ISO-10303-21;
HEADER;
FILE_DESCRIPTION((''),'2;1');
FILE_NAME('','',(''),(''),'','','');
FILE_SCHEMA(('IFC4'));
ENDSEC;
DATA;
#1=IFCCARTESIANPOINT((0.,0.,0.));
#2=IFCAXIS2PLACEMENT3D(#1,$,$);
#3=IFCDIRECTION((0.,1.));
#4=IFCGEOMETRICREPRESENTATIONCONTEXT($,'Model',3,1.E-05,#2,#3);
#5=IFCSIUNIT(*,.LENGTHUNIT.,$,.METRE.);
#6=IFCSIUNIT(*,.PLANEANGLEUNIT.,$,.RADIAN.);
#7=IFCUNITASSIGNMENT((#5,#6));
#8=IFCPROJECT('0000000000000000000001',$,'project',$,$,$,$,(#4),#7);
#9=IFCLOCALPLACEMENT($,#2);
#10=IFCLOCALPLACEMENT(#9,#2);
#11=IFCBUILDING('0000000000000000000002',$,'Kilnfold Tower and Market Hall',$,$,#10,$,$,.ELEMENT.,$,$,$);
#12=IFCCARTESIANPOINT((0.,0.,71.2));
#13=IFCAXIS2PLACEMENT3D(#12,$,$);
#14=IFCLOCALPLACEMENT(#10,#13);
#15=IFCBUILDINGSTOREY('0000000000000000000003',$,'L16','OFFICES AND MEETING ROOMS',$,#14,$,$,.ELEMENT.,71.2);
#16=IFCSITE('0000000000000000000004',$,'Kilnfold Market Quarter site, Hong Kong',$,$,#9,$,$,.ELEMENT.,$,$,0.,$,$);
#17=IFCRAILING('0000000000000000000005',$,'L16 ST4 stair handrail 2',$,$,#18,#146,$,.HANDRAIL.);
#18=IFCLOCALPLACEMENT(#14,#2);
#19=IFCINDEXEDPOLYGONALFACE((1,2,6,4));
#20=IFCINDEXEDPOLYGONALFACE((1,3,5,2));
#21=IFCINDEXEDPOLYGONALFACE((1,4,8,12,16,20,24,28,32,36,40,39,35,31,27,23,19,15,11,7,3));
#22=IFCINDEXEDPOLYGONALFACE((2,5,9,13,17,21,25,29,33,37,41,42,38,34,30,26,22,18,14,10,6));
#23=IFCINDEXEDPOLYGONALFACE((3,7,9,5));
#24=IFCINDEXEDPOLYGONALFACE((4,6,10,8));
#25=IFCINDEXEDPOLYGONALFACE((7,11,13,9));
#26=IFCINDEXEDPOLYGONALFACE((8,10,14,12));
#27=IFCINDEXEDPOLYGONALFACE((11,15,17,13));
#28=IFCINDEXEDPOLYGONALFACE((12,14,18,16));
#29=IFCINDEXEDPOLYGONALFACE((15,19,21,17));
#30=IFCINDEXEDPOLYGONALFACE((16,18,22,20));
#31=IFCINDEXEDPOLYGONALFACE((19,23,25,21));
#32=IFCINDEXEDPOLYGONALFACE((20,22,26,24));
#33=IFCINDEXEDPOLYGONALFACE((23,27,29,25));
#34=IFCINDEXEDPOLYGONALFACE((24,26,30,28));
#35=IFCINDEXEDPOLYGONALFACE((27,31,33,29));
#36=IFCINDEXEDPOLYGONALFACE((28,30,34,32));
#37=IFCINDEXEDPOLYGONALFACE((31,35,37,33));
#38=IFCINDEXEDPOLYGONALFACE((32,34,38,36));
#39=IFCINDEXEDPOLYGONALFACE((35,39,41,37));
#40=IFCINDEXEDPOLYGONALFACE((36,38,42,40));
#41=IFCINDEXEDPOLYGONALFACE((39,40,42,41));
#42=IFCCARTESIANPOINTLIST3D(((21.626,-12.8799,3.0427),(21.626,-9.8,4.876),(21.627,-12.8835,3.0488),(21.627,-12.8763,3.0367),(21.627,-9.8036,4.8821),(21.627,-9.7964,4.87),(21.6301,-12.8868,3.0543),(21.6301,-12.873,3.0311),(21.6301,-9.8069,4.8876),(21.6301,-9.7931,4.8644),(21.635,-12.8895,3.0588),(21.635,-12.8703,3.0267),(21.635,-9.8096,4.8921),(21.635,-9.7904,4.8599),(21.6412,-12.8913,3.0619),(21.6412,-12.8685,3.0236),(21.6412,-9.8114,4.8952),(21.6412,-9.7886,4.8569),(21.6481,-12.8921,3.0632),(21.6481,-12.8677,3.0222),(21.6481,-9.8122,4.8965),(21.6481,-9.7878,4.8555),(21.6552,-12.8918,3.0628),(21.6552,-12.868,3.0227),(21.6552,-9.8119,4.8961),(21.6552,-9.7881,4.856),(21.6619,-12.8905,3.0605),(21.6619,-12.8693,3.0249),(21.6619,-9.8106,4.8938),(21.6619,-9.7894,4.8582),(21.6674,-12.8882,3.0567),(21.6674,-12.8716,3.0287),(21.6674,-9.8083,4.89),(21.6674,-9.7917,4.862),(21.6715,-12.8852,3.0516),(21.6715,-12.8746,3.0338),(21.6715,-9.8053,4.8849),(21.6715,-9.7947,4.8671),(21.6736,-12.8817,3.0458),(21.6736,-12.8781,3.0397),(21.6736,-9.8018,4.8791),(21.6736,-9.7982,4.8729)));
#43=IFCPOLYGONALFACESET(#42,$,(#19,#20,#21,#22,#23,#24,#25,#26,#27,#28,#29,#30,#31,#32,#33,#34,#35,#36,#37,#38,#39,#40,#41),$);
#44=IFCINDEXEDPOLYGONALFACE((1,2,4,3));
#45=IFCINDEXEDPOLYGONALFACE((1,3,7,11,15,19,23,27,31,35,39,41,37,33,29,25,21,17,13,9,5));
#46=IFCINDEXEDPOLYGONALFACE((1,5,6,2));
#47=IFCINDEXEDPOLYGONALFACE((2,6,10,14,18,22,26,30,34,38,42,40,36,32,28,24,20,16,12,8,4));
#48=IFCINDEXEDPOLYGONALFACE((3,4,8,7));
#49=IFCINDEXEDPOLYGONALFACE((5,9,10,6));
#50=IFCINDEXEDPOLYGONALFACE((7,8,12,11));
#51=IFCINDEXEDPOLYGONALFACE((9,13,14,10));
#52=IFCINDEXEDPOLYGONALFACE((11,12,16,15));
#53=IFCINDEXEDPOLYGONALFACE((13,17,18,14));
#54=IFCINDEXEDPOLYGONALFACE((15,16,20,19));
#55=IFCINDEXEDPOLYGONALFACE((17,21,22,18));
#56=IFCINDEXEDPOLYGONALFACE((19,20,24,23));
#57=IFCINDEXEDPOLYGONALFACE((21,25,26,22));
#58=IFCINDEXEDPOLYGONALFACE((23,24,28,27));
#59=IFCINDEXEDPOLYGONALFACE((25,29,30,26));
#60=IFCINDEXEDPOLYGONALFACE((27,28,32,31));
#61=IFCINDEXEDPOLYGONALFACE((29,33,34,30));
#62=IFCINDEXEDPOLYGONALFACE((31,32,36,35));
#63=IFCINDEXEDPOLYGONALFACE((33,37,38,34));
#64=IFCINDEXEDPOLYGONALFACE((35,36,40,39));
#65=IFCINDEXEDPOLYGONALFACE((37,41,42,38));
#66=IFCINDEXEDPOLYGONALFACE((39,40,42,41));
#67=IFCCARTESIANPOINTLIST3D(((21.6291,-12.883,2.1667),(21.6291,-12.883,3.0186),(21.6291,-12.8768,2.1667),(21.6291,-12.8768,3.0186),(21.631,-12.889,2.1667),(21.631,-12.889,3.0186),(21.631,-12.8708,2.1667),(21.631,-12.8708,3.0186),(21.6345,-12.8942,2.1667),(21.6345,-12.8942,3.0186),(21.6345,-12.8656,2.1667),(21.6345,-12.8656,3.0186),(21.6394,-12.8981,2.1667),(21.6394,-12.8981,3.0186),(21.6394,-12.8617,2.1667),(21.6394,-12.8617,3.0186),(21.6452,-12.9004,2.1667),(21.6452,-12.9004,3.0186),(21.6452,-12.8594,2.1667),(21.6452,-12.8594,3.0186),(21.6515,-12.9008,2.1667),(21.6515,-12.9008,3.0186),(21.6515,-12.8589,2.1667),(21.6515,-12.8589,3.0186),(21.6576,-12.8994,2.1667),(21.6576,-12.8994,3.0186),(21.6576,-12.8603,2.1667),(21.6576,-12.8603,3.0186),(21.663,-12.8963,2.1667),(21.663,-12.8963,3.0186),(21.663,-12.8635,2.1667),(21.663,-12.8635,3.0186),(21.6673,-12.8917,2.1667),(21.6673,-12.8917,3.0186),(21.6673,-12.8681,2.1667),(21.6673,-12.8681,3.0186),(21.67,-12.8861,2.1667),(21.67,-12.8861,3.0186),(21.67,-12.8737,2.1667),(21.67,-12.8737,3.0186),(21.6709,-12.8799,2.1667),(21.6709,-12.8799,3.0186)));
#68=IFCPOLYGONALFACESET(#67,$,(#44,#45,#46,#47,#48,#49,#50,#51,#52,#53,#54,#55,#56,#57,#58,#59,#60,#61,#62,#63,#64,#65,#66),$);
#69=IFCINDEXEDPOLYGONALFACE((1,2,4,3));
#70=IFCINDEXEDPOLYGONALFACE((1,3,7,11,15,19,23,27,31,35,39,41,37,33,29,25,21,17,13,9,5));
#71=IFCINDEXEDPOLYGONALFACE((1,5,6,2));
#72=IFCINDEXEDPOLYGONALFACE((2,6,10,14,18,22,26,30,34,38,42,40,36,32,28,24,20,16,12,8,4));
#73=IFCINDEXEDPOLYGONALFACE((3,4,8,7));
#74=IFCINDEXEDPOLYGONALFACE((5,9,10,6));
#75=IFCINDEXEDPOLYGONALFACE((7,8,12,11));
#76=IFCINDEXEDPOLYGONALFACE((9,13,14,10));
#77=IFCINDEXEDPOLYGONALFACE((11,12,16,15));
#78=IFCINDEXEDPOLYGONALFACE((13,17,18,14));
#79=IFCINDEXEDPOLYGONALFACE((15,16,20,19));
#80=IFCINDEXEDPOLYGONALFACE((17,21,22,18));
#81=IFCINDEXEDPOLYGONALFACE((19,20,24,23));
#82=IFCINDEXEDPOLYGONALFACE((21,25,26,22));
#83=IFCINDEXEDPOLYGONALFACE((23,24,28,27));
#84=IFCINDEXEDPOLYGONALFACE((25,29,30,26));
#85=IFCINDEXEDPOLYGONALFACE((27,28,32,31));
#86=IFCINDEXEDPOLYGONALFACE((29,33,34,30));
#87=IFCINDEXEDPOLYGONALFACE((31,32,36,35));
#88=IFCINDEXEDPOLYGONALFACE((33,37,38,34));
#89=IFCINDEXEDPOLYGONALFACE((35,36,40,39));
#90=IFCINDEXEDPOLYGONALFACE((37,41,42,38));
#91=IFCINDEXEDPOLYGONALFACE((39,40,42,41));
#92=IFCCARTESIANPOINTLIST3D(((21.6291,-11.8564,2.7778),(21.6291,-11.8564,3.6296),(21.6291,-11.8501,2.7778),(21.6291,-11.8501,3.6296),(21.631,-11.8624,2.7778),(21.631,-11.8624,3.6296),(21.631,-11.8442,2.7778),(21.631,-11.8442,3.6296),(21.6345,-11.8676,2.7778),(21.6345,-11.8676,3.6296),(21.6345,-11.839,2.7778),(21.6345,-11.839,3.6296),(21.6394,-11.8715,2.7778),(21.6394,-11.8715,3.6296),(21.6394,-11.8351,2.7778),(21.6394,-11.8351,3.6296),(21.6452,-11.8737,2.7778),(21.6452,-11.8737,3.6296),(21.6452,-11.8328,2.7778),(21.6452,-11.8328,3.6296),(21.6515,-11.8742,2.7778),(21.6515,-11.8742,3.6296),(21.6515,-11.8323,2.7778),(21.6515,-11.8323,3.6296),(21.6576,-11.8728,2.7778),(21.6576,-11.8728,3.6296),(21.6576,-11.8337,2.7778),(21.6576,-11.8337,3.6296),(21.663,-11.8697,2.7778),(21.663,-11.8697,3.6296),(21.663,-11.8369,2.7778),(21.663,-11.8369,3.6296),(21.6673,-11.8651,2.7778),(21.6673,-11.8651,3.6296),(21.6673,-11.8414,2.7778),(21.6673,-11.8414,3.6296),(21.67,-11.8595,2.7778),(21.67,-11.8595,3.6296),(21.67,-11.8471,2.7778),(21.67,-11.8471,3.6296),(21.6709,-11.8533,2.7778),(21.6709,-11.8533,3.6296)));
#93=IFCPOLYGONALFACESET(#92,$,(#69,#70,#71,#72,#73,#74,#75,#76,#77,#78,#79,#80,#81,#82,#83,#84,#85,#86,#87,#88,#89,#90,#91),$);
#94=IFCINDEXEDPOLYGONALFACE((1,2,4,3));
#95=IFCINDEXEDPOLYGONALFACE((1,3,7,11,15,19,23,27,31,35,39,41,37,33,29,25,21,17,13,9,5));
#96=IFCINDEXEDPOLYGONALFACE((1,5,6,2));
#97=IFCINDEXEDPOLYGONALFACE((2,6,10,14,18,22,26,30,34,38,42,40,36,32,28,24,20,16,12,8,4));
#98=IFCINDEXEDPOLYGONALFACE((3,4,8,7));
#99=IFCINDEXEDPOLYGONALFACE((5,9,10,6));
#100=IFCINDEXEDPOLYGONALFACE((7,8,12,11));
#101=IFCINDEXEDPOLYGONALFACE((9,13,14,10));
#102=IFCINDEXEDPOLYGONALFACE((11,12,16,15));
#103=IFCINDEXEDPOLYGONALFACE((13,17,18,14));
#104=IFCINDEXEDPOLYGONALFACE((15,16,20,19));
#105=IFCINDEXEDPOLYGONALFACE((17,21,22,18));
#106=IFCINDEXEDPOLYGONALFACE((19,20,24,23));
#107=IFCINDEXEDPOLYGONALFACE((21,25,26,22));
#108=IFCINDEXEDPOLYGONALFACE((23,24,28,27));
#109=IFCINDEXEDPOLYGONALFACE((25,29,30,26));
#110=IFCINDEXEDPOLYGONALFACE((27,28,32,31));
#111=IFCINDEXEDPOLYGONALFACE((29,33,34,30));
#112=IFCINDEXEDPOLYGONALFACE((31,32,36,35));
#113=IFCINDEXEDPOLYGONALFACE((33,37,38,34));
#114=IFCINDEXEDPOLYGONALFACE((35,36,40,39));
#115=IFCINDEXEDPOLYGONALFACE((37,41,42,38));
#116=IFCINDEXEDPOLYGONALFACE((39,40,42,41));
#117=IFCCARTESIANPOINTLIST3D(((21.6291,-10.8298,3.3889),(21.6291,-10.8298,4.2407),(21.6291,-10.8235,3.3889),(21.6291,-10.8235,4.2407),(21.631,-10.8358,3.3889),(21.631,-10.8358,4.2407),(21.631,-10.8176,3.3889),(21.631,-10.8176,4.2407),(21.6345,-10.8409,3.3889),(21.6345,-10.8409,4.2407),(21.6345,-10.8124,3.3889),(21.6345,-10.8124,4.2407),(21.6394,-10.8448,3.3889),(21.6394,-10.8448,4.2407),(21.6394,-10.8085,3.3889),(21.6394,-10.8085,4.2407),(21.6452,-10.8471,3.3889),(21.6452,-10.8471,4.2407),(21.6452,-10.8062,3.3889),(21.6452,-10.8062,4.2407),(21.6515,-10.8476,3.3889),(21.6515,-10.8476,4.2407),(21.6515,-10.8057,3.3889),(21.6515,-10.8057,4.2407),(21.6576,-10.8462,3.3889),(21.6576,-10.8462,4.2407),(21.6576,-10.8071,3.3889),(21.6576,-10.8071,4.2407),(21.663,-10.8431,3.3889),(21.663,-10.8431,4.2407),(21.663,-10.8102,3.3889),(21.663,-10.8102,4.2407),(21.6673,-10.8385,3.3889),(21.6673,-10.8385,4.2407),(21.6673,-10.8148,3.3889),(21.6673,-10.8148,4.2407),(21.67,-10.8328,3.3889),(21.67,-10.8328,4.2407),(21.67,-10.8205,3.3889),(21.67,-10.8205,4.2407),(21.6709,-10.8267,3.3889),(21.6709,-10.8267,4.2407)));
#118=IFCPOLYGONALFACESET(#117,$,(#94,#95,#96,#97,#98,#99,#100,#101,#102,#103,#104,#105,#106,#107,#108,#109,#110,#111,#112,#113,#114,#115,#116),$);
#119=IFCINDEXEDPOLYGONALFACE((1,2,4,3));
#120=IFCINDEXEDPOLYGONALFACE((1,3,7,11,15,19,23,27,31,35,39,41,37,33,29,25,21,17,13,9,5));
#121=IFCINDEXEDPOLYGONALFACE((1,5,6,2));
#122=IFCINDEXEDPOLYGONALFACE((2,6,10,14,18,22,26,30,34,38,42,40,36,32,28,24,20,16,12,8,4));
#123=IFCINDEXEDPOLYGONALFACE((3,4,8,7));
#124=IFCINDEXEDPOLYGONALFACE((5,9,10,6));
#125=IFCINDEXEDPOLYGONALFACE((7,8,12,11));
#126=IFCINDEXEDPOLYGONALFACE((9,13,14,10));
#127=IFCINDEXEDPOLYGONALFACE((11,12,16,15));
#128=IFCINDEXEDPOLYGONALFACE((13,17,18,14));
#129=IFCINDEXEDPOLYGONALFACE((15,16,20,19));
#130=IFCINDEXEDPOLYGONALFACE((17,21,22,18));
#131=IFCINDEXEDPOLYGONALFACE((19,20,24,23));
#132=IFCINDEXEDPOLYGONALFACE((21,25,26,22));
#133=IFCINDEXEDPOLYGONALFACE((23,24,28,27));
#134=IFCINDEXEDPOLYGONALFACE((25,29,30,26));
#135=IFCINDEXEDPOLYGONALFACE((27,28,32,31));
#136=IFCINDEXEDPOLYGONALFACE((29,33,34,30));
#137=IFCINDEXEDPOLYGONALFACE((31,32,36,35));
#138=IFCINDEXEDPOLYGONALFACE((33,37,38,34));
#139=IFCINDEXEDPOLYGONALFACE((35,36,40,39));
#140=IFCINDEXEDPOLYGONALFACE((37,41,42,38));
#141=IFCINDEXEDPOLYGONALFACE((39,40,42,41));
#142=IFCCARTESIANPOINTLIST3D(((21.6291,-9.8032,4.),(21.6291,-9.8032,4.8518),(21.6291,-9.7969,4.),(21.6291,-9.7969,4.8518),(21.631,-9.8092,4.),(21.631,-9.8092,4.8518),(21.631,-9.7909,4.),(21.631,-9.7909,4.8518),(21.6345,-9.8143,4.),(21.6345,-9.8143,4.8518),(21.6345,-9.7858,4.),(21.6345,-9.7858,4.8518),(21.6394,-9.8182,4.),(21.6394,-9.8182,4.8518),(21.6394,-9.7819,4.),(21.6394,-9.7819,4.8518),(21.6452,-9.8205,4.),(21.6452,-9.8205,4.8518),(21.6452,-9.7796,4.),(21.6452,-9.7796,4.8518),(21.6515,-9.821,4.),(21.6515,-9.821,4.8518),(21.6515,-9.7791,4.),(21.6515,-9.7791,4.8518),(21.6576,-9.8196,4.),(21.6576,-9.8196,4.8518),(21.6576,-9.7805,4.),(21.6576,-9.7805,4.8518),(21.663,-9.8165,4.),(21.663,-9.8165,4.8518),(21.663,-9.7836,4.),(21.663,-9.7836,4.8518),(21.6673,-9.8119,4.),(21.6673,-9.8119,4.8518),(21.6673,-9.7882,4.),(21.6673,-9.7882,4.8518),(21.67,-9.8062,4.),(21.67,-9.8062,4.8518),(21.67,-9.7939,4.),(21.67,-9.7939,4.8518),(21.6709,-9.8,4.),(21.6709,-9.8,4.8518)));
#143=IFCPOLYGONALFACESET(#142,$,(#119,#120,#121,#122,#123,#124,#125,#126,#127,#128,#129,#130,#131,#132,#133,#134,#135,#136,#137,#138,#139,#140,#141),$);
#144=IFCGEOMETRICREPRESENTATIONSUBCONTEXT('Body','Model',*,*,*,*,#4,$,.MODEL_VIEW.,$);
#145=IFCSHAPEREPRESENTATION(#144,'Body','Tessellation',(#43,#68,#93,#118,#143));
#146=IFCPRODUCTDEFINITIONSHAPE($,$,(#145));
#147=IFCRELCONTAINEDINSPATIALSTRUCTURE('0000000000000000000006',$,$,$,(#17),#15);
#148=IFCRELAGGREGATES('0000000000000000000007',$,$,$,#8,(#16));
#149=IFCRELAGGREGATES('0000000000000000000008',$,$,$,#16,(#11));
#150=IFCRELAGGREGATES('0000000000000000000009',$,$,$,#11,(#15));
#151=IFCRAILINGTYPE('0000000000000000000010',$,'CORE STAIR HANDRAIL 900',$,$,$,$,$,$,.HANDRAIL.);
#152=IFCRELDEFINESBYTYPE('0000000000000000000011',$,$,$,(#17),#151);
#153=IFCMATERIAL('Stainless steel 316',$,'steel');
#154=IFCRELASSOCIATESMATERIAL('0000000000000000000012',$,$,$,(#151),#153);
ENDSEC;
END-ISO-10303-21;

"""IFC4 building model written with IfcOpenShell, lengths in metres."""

from ifc_helpers import new_model, si_unit, direction, frame, origin, origin_2d, place, context, subcontext, project, spatial, circle, extrude, material, type_object, element, save


model = new_model("IFC4")

# Units and contexts
model_context = context("Model", 3, precision=1e-05, world=origin(), true_north=direction((0.0, 1.0)))
body_context = subcontext(model_context, "Body", "Model", "MODEL_VIEW")
ifc_project = project(units=[si_unit("LENGTHUNIT", "METRE"), si_unit("PLANEANGLEUNIT", "RADIAN")], contexts=[model_context])

# Site, building, storey
site_placement = place(None, origin())
site = spatial("IfcSite", under=ifc_project, at=site_placement, Name="Kilnfold Market Quarter site, Hong Kong", CompositionType="ELEMENT", RefElevation=0.0)
building_placement = place(site_placement, origin())
building = spatial("IfcBuilding", under=site, at=building_placement, Name="Kilnfold Tower and Market Hall", CompositionType="ELEMENT")
storey_placement = place(building_placement, frame((0.0, 0.0, 71.2)))
storey = spatial("IfcBuildingStorey", under=building, at=storey_placement, Name="L16", Description="OFFICES AND MEETING ROOMS", CompositionType="ELEMENT", Elevation=71.2)

# Railing
ifc_material_1 = material(Name="Stainless steel 316", Category="steel")
railing_type_1 = type_object("IfcRailingType", Name="CORE STAIR HANDRAIL 900", PredefinedType="HANDRAIL", material=ifc_material_1)
railing_1_placement = place(storey_placement, frame((21.6499, -12.8799, 2.1667)))
element("IfcRailing", 1, at=railing_1_placement, inside=storey, type_object=railing_type_1, Name="L16 ST4 stair handrail 2", PredefinedType="HANDRAIL", context=body_context, shape_type="SweptSolid", body=[
    extrude(circle(Radius=0.0239, at=origin_2d()), frame((0.0, 0.0, 0.876), z_axis=(0.0, 0.859291, 0.511487), x_axis=(-1.0, 0.0, 0.0)), (0.0, 0.0, 1.0), 3.5842),
    extrude(circle(Radius=0.021, at=origin_2d()), origin(), (0.0, 0.0, 1.0), 0.8518),
    extrude(circle(Radius=0.021, at=origin_2d()), frame((0.0, 1.0266, 0.6111)), (0.0, 0.0, 1.0), 0.8518),
    extrude(circle(Radius=0.021, at=origin_2d()), frame((0.0, 2.0532, 1.2222)), (0.0, 0.0, 1.0), 0.8518),
    extrude(circle(Radius=0.021, at=origin_2d()), frame((0.0, 3.0798, 1.8333)), (0.0, 0.0, 1.0), 0.8518),
])

save(model, "model.ifc")
